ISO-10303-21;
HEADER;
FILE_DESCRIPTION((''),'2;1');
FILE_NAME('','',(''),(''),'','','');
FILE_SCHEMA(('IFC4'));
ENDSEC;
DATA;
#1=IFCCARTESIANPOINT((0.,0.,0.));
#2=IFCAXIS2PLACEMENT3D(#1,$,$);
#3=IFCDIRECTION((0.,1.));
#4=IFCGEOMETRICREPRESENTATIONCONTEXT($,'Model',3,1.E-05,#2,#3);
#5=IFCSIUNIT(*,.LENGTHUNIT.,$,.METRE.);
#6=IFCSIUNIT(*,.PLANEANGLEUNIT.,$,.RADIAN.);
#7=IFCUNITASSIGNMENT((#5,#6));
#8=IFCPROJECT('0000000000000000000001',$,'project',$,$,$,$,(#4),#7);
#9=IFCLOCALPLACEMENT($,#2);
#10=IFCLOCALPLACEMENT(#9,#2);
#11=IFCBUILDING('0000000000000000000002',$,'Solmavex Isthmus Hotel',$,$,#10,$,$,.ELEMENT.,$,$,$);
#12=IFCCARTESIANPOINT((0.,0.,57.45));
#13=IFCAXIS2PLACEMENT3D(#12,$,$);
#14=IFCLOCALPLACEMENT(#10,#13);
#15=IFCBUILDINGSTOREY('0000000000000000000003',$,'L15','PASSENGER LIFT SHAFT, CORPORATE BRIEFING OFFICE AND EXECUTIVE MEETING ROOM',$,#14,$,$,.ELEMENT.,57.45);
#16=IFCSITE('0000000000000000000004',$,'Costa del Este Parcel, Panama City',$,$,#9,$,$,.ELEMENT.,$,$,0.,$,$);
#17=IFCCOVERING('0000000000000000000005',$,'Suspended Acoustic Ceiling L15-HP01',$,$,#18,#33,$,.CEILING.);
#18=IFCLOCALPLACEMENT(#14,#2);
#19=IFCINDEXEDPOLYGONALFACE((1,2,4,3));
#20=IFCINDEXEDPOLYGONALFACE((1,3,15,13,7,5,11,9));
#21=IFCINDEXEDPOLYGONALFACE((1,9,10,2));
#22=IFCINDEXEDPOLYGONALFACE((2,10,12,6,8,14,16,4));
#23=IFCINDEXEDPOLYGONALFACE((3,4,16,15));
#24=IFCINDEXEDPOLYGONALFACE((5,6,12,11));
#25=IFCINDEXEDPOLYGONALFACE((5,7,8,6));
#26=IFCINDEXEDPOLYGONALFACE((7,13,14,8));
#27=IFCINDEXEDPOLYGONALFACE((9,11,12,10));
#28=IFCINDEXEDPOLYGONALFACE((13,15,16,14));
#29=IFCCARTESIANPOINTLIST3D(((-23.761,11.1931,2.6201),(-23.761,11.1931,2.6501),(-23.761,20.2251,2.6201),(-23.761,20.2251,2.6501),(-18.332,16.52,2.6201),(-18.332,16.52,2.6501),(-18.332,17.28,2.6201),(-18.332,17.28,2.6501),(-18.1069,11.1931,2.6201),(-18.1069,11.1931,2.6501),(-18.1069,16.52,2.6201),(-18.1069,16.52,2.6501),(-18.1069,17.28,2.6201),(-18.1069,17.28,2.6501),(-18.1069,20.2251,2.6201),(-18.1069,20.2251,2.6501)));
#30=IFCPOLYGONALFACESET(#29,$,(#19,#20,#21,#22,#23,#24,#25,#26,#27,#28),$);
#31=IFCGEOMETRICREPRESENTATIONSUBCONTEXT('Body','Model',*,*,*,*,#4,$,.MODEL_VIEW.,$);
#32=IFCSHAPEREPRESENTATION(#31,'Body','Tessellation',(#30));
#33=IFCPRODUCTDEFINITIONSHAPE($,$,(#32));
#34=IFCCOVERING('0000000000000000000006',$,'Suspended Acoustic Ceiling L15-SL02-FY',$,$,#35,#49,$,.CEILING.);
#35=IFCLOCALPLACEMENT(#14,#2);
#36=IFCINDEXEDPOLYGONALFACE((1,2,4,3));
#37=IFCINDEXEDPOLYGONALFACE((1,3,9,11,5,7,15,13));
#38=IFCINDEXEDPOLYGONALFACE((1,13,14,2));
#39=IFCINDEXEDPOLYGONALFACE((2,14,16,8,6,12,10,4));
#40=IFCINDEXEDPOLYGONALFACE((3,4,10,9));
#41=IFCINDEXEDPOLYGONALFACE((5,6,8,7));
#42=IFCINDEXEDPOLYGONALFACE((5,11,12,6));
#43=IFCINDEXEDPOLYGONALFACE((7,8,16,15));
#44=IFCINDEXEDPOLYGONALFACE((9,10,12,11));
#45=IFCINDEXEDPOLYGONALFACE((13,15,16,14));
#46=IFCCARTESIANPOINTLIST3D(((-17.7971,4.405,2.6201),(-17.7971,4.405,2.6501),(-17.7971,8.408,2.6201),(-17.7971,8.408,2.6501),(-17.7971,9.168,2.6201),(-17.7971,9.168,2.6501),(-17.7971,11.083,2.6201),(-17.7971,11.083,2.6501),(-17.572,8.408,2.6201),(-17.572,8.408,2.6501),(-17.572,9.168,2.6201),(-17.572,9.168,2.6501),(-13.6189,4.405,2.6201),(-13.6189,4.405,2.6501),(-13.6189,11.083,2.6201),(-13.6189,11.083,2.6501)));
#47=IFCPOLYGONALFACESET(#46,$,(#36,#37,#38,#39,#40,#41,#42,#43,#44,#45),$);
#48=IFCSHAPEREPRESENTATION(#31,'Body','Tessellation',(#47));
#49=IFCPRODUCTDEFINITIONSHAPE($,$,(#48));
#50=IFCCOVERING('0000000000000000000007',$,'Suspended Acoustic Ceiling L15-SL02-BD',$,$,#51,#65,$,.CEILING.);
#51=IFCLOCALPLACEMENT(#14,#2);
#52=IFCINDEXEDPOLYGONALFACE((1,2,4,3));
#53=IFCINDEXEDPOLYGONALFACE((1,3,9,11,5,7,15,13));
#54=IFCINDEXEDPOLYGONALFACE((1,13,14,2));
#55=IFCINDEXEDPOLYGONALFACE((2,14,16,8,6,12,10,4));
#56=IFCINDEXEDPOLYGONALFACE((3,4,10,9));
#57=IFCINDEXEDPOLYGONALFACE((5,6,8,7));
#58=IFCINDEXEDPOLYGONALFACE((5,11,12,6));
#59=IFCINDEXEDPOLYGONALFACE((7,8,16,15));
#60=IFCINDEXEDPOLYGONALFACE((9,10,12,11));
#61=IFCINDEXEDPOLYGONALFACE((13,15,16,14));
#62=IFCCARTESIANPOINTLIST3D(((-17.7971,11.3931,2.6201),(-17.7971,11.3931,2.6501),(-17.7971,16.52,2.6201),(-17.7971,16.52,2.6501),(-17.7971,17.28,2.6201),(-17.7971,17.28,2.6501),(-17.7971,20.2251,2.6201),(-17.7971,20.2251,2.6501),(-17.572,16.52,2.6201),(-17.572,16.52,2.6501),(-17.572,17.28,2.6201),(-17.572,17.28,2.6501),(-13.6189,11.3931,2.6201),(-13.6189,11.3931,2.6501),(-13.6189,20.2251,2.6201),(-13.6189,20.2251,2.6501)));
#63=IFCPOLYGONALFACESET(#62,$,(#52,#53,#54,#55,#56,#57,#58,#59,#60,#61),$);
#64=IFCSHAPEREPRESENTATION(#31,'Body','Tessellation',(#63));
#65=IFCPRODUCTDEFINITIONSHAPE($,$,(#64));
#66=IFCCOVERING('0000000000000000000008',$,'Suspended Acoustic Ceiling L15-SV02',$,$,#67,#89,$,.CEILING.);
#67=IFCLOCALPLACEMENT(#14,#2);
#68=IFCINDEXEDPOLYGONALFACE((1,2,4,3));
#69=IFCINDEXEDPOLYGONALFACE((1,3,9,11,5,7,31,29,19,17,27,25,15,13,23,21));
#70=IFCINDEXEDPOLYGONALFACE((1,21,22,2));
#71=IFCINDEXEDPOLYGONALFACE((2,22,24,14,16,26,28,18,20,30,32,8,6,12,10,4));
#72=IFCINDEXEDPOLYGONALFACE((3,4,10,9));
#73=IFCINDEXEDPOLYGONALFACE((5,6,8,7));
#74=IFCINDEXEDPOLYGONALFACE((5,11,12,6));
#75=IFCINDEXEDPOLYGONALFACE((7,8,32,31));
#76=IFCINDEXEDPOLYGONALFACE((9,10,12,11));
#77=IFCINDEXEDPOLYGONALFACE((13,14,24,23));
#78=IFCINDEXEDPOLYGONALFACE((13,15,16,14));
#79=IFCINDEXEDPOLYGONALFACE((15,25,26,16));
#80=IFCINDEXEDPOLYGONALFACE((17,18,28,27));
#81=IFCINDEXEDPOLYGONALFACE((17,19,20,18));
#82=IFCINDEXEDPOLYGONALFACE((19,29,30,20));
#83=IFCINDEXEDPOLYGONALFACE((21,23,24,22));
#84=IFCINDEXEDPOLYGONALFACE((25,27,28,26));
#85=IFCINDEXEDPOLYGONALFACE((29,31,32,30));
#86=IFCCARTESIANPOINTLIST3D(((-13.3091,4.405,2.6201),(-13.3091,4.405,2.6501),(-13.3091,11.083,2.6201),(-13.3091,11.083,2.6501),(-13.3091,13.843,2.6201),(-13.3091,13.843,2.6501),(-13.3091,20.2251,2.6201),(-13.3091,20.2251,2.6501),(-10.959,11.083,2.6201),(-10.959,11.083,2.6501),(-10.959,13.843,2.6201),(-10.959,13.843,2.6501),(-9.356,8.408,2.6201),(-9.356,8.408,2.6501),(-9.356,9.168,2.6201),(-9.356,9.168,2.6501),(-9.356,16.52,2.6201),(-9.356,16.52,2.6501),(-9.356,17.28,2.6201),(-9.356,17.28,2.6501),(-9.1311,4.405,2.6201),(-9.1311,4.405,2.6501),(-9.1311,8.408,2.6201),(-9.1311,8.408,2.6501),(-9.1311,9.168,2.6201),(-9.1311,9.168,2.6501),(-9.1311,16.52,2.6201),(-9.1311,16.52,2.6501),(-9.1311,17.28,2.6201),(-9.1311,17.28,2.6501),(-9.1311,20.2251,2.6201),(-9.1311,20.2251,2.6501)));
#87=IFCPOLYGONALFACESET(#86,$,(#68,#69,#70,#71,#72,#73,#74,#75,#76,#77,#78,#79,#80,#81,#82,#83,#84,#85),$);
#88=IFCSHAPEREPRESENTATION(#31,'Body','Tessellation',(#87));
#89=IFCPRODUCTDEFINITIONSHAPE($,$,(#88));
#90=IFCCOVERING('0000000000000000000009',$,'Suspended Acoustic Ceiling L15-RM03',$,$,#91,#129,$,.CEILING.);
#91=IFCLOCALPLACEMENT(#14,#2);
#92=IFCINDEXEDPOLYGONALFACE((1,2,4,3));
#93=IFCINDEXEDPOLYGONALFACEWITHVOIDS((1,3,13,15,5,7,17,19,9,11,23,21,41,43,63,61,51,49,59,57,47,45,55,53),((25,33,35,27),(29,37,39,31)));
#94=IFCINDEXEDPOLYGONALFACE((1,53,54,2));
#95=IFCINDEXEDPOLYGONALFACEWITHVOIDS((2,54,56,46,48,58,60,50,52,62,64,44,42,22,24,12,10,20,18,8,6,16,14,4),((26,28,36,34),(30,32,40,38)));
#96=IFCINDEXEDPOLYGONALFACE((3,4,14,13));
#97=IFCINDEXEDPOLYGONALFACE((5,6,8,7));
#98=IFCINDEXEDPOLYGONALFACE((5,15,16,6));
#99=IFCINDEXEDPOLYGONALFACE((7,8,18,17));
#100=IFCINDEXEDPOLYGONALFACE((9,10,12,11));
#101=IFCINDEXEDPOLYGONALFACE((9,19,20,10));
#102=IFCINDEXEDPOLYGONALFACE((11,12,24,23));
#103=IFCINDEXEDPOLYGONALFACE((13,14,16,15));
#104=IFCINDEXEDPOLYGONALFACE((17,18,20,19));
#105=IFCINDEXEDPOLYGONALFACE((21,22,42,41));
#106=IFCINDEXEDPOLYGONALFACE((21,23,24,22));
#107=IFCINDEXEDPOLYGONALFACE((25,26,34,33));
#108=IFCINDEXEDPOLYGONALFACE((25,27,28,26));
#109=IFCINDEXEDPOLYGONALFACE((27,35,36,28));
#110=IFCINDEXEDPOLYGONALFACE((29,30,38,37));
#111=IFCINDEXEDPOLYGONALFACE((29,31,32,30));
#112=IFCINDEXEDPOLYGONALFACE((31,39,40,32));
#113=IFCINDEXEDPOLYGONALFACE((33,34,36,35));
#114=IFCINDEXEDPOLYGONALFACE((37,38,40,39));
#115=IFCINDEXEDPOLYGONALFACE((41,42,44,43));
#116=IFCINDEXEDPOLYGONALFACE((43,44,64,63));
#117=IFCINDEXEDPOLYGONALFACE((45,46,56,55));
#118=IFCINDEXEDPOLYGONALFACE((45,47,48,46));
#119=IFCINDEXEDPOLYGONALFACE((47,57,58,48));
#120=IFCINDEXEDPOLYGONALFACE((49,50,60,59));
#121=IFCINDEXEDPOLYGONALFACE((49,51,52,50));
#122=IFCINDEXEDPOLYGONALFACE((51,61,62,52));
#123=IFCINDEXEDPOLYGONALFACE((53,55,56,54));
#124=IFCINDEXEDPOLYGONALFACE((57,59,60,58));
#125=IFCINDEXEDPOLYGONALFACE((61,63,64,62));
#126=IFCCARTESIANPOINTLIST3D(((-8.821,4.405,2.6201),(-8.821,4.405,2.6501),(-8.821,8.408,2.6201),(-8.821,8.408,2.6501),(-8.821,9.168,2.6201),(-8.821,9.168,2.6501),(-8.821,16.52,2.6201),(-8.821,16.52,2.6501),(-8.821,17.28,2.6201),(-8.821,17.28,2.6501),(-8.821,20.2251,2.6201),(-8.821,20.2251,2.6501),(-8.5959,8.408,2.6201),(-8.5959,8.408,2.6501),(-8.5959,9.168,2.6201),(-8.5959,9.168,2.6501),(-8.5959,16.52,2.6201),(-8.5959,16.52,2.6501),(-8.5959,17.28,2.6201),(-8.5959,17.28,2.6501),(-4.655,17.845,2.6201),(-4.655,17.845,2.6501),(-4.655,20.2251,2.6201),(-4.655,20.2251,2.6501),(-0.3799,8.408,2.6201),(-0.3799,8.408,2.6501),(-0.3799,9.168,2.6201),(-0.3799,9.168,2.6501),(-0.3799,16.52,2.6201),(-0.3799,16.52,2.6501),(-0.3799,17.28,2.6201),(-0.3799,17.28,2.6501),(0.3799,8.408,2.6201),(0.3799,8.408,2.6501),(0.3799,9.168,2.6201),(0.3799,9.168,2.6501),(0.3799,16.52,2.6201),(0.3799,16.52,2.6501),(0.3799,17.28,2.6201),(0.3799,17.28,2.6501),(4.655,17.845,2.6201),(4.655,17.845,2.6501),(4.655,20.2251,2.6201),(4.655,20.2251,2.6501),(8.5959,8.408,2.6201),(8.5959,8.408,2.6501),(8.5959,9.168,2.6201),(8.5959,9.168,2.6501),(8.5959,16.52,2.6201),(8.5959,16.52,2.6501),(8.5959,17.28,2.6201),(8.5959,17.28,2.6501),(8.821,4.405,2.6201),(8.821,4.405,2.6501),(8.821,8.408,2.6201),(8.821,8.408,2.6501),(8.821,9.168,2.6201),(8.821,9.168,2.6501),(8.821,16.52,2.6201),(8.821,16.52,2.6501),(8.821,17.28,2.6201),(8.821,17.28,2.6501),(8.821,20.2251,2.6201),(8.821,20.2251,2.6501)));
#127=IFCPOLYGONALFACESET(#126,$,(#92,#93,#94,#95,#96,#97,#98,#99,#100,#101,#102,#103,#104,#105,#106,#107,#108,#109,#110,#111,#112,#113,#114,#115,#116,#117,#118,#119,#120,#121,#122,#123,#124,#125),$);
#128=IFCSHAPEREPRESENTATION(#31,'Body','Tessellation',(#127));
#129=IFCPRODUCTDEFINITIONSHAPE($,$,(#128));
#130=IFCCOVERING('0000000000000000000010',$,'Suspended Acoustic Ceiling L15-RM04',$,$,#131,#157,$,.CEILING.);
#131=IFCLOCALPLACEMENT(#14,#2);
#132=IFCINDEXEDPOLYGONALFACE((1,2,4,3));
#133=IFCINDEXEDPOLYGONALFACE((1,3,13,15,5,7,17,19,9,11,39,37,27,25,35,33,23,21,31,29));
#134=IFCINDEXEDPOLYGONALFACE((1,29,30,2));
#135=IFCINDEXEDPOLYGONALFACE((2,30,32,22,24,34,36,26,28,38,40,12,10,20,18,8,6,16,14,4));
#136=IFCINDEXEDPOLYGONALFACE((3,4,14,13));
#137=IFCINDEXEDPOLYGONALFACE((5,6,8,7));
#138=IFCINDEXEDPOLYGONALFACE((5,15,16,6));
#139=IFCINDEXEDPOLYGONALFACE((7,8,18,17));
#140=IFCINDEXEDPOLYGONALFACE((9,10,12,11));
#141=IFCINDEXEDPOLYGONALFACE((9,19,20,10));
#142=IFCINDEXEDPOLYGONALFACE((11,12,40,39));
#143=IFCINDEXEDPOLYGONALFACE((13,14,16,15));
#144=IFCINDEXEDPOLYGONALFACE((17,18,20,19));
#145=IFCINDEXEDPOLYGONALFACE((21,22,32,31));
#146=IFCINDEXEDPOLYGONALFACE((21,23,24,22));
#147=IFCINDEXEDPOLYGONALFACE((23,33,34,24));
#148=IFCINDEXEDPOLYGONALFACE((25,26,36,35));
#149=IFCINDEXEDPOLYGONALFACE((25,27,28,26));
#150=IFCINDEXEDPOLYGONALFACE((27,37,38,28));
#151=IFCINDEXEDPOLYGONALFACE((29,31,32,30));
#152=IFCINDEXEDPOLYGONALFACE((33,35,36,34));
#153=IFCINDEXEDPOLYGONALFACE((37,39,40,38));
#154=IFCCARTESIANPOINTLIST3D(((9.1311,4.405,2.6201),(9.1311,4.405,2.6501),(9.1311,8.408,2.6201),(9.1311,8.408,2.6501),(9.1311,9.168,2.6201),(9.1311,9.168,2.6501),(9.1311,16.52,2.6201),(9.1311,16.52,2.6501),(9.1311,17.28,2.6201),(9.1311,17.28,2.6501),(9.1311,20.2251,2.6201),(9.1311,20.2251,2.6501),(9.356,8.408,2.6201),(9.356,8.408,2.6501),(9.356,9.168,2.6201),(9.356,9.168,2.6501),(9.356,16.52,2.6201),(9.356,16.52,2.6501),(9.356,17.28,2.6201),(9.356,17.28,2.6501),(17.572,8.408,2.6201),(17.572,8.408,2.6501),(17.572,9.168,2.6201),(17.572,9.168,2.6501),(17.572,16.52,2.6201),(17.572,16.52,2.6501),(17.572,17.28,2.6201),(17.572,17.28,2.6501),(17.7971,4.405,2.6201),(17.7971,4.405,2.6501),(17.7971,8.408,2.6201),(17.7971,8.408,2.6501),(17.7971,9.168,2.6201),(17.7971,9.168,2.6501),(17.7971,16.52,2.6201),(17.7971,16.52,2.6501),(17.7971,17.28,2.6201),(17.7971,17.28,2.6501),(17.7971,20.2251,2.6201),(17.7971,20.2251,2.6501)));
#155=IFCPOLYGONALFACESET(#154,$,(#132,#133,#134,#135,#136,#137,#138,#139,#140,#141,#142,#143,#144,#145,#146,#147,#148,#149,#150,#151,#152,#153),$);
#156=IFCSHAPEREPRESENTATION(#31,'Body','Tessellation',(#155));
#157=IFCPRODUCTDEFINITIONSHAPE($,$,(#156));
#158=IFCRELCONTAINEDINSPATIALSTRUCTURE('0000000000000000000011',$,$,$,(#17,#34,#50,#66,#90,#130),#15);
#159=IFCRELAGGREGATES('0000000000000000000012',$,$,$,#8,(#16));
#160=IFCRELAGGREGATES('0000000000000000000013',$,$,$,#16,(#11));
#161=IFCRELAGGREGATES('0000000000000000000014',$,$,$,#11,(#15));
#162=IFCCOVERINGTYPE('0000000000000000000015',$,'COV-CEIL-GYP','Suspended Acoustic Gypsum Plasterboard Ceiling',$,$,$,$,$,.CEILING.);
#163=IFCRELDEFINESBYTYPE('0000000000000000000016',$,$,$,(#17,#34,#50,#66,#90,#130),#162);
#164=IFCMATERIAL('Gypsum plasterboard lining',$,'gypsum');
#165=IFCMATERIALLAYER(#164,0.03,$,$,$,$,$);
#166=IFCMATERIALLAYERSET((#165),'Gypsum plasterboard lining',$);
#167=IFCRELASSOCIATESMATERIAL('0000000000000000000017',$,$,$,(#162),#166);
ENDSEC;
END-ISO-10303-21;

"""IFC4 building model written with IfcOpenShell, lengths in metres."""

from ifc_helpers import new_model, si_unit, direction, frame, origin, place, context, subcontext, project, spatial, polyline, outline, extrude, material, layer, layer_set, type_object, element, save


model = new_model("IFC4")

# Units and contexts
model_context = context("Model", 3, precision=1e-05, world=origin(), true_north=direction((0.0, 1.0)))
body_context = subcontext(model_context, "Body", "Model", "MODEL_VIEW")
ifc_project = project(units=[si_unit("LENGTHUNIT", "METRE"), si_unit("PLANEANGLEUNIT", "RADIAN")], contexts=[model_context])

# Site, building, storey
site_placement = place(None, origin())
site = spatial("IfcSite", under=ifc_project, at=site_placement, Name="Costa del Este Parcel, Panama City", CompositionType="ELEMENT", RefElevation=0.0)
building_placement = place(site_placement, origin())
building = spatial("IfcBuilding", under=site, at=building_placement, Name="Solmavex Isthmus Hotel", CompositionType="ELEMENT")
storey_placement = place(building_placement, frame((0.0, 0.0, 57.45)))
storey = spatial("IfcBuildingStorey", under=building, at=storey_placement, Name="L15", Description="PASSENGER LIFT SHAFT, CORPORATE BRIEFING OFFICE AND EXECUTIVE MEETING ROOM", CompositionType="ELEMENT", Elevation=57.45)

# Coverings
ifc_material_1 = material(Name="Gypsum plasterboard lining", Category="gypsum")
ifc_layer_1 = layer(ifc_material_1, 0.03)
ifc_layer_set_1 = layer_set([ifc_layer_1], Name="Gypsum plasterboard lining")
covering_type_1 = type_object("IfcCoveringType", Name="COV-CEIL-GYP", Description="Suspended Acoustic Gypsum Plasterboard Ceiling", PredefinedType="CEILING", material=ifc_layer_set_1)
covering_1_placement = place(storey_placement, frame((0.0, 0.0, 2.6201)))
element("IfcCovering", 1, at=covering_1_placement, inside=storey, type_object=covering_type_1, Name="Suspended Acoustic Ceiling L15-HP01", PredefinedType="CEILING", context=body_context, shape_type="SweptSolid", body=[
    extrude(outline(polyline([(-18.1069, 16.52), (-18.332, 16.52), (-18.332, 17.28), (-18.1069, 17.28), (-18.1069, 20.2251), (-23.761, 20.2251), (-23.761, 11.1931), (-18.1069, 11.1931), (-18.1069, 16.52)])), origin(), (0.0, 0.0, 1.0), 0.03),
])
covering_2_placement = place(storey_placement, frame((0.0, 0.0, 2.6201)))
element("IfcCovering", 2, at=covering_2_placement, inside=storey, type_object=covering_type_1, Name="Suspended Acoustic Ceiling L15-SL02-FY", PredefinedType="CEILING", context=body_context, shape_type="SweptSolid", body=[
    extrude(outline(polyline([(-17.7971, 9.168), (-17.572, 9.168), (-17.572, 8.408), (-17.7971, 8.408), (-17.7971, 4.405), (-13.6189, 4.405), (-13.6189, 11.083), (-17.7971, 11.083), (-17.7971, 9.168)])), origin(), (0.0, 0.0, 1.0), 0.03),
])
covering_3_placement = place(storey_placement, frame((0.0, 0.0, 2.6201)))
element("IfcCovering", 3, at=covering_3_placement, inside=storey, type_object=covering_type_1, Name="Suspended Acoustic Ceiling L15-SL02-BD", PredefinedType="CEILING", context=body_context, shape_type="SweptSolid", body=[
    extrude(outline(polyline([(-17.7971, 17.28), (-17.572, 17.28), (-17.572, 16.52), (-17.7971, 16.52), (-17.7971, 11.3931), (-13.6189, 11.3931), (-13.6189, 20.2251), (-17.7971, 20.2251), (-17.7971, 17.28)])), origin(), (0.0, 0.0, 1.0), 0.03),
])
covering_4_placement = place(storey_placement, frame((0.0, 0.0, 2.6201)))
element("IfcCovering", 4, at=covering_4_placement, inside=storey, type_object=covering_type_1, Name="Suspended Acoustic Ceiling L15-SV02", PredefinedType="CEILING", context=body_context, shape_type="SweptSolid", body=[
    extrude(outline(polyline([(-9.1311, 16.52), (-9.356, 16.52), (-9.356, 17.28), (-9.1311, 17.28), (-9.1311, 20.2251), (-13.3091, 20.2251), (-13.3091, 13.843), (-10.959, 13.843), (-10.959, 11.083), (-13.3091, 11.083), (-13.3091, 4.405), (-9.1311, 4.405), (-9.1311, 8.408), (-9.356, 8.408), (-9.356, 9.168), (-9.1311, 9.168), (-9.1311, 16.52)])), origin(), (0.0, 0.0, 1.0), 0.03),
])
covering_5_placement = place(storey_placement, frame((0.0, 0.0, 2.6201)))
element("IfcCovering", 5, at=covering_5_placement, inside=storey, type_object=covering_type_1, Name="Suspended Acoustic Ceiling L15-RM03", PredefinedType="CEILING", context=body_context, shape_type="SweptSolid", body=[
    extrude(outline(polyline([(-8.821, 9.168), (-8.5959, 9.168), (-8.5959, 8.408), (-8.821, 8.408), (-8.821, 4.405), (8.821, 4.405), (8.821, 8.408), (8.5959, 8.408), (8.5959, 9.168), (8.821, 9.168), (8.821, 16.52), (8.5959, 16.52), (8.5959, 17.28), (8.821, 17.28), (8.821, 20.2251), (4.655, 20.2251), (4.655, 17.845), (-4.655, 17.845), (-4.655, 20.2251), (-8.821, 20.2251), (-8.821, 17.28), (-8.5959, 17.28), (-8.5959, 16.52), (-8.821, 16.52), (-8.821, 9.168)]), holes=[polyline([(-0.3799, 8.408), (-0.3799, 9.168), (0.3799, 9.168), (0.3799, 8.408), (-0.3799, 8.408)]), polyline([(-0.3799, 17.28), (0.3799, 17.28), (0.3799, 16.52), (-0.3799, 16.52), (-0.3799, 17.28)])]), origin(), (0.0, 0.0, 1.0), 0.03),
])
covering_6_placement = place(storey_placement, frame((0.0, 0.0, 2.6201)))
element("IfcCovering", 6, at=covering_6_placement, inside=storey, type_object=covering_type_1, Name="Suspended Acoustic Ceiling L15-RM04", PredefinedType="CEILING", context=body_context, shape_type="SweptSolid", body=[
    extrude(outline(polyline([(9.1311, 9.168), (9.356, 9.168), (9.356, 8.408), (9.1311, 8.408), (9.1311, 4.405), (17.7971, 4.405), (17.7971, 8.408), (17.572, 8.408), (17.572, 9.168), (17.7971, 9.168), (17.7971, 16.52), (17.572, 16.52), (17.572, 17.28), (17.7971, 17.28), (17.7971, 20.2251), (9.1311, 20.2251), (9.1311, 17.28), (9.356, 17.28), (9.356, 16.52), (9.1311, 16.52), (9.1311, 9.168)])), origin(), (0.0, 0.0, 1.0), 0.03),
])

save(model, "model.ifc")
